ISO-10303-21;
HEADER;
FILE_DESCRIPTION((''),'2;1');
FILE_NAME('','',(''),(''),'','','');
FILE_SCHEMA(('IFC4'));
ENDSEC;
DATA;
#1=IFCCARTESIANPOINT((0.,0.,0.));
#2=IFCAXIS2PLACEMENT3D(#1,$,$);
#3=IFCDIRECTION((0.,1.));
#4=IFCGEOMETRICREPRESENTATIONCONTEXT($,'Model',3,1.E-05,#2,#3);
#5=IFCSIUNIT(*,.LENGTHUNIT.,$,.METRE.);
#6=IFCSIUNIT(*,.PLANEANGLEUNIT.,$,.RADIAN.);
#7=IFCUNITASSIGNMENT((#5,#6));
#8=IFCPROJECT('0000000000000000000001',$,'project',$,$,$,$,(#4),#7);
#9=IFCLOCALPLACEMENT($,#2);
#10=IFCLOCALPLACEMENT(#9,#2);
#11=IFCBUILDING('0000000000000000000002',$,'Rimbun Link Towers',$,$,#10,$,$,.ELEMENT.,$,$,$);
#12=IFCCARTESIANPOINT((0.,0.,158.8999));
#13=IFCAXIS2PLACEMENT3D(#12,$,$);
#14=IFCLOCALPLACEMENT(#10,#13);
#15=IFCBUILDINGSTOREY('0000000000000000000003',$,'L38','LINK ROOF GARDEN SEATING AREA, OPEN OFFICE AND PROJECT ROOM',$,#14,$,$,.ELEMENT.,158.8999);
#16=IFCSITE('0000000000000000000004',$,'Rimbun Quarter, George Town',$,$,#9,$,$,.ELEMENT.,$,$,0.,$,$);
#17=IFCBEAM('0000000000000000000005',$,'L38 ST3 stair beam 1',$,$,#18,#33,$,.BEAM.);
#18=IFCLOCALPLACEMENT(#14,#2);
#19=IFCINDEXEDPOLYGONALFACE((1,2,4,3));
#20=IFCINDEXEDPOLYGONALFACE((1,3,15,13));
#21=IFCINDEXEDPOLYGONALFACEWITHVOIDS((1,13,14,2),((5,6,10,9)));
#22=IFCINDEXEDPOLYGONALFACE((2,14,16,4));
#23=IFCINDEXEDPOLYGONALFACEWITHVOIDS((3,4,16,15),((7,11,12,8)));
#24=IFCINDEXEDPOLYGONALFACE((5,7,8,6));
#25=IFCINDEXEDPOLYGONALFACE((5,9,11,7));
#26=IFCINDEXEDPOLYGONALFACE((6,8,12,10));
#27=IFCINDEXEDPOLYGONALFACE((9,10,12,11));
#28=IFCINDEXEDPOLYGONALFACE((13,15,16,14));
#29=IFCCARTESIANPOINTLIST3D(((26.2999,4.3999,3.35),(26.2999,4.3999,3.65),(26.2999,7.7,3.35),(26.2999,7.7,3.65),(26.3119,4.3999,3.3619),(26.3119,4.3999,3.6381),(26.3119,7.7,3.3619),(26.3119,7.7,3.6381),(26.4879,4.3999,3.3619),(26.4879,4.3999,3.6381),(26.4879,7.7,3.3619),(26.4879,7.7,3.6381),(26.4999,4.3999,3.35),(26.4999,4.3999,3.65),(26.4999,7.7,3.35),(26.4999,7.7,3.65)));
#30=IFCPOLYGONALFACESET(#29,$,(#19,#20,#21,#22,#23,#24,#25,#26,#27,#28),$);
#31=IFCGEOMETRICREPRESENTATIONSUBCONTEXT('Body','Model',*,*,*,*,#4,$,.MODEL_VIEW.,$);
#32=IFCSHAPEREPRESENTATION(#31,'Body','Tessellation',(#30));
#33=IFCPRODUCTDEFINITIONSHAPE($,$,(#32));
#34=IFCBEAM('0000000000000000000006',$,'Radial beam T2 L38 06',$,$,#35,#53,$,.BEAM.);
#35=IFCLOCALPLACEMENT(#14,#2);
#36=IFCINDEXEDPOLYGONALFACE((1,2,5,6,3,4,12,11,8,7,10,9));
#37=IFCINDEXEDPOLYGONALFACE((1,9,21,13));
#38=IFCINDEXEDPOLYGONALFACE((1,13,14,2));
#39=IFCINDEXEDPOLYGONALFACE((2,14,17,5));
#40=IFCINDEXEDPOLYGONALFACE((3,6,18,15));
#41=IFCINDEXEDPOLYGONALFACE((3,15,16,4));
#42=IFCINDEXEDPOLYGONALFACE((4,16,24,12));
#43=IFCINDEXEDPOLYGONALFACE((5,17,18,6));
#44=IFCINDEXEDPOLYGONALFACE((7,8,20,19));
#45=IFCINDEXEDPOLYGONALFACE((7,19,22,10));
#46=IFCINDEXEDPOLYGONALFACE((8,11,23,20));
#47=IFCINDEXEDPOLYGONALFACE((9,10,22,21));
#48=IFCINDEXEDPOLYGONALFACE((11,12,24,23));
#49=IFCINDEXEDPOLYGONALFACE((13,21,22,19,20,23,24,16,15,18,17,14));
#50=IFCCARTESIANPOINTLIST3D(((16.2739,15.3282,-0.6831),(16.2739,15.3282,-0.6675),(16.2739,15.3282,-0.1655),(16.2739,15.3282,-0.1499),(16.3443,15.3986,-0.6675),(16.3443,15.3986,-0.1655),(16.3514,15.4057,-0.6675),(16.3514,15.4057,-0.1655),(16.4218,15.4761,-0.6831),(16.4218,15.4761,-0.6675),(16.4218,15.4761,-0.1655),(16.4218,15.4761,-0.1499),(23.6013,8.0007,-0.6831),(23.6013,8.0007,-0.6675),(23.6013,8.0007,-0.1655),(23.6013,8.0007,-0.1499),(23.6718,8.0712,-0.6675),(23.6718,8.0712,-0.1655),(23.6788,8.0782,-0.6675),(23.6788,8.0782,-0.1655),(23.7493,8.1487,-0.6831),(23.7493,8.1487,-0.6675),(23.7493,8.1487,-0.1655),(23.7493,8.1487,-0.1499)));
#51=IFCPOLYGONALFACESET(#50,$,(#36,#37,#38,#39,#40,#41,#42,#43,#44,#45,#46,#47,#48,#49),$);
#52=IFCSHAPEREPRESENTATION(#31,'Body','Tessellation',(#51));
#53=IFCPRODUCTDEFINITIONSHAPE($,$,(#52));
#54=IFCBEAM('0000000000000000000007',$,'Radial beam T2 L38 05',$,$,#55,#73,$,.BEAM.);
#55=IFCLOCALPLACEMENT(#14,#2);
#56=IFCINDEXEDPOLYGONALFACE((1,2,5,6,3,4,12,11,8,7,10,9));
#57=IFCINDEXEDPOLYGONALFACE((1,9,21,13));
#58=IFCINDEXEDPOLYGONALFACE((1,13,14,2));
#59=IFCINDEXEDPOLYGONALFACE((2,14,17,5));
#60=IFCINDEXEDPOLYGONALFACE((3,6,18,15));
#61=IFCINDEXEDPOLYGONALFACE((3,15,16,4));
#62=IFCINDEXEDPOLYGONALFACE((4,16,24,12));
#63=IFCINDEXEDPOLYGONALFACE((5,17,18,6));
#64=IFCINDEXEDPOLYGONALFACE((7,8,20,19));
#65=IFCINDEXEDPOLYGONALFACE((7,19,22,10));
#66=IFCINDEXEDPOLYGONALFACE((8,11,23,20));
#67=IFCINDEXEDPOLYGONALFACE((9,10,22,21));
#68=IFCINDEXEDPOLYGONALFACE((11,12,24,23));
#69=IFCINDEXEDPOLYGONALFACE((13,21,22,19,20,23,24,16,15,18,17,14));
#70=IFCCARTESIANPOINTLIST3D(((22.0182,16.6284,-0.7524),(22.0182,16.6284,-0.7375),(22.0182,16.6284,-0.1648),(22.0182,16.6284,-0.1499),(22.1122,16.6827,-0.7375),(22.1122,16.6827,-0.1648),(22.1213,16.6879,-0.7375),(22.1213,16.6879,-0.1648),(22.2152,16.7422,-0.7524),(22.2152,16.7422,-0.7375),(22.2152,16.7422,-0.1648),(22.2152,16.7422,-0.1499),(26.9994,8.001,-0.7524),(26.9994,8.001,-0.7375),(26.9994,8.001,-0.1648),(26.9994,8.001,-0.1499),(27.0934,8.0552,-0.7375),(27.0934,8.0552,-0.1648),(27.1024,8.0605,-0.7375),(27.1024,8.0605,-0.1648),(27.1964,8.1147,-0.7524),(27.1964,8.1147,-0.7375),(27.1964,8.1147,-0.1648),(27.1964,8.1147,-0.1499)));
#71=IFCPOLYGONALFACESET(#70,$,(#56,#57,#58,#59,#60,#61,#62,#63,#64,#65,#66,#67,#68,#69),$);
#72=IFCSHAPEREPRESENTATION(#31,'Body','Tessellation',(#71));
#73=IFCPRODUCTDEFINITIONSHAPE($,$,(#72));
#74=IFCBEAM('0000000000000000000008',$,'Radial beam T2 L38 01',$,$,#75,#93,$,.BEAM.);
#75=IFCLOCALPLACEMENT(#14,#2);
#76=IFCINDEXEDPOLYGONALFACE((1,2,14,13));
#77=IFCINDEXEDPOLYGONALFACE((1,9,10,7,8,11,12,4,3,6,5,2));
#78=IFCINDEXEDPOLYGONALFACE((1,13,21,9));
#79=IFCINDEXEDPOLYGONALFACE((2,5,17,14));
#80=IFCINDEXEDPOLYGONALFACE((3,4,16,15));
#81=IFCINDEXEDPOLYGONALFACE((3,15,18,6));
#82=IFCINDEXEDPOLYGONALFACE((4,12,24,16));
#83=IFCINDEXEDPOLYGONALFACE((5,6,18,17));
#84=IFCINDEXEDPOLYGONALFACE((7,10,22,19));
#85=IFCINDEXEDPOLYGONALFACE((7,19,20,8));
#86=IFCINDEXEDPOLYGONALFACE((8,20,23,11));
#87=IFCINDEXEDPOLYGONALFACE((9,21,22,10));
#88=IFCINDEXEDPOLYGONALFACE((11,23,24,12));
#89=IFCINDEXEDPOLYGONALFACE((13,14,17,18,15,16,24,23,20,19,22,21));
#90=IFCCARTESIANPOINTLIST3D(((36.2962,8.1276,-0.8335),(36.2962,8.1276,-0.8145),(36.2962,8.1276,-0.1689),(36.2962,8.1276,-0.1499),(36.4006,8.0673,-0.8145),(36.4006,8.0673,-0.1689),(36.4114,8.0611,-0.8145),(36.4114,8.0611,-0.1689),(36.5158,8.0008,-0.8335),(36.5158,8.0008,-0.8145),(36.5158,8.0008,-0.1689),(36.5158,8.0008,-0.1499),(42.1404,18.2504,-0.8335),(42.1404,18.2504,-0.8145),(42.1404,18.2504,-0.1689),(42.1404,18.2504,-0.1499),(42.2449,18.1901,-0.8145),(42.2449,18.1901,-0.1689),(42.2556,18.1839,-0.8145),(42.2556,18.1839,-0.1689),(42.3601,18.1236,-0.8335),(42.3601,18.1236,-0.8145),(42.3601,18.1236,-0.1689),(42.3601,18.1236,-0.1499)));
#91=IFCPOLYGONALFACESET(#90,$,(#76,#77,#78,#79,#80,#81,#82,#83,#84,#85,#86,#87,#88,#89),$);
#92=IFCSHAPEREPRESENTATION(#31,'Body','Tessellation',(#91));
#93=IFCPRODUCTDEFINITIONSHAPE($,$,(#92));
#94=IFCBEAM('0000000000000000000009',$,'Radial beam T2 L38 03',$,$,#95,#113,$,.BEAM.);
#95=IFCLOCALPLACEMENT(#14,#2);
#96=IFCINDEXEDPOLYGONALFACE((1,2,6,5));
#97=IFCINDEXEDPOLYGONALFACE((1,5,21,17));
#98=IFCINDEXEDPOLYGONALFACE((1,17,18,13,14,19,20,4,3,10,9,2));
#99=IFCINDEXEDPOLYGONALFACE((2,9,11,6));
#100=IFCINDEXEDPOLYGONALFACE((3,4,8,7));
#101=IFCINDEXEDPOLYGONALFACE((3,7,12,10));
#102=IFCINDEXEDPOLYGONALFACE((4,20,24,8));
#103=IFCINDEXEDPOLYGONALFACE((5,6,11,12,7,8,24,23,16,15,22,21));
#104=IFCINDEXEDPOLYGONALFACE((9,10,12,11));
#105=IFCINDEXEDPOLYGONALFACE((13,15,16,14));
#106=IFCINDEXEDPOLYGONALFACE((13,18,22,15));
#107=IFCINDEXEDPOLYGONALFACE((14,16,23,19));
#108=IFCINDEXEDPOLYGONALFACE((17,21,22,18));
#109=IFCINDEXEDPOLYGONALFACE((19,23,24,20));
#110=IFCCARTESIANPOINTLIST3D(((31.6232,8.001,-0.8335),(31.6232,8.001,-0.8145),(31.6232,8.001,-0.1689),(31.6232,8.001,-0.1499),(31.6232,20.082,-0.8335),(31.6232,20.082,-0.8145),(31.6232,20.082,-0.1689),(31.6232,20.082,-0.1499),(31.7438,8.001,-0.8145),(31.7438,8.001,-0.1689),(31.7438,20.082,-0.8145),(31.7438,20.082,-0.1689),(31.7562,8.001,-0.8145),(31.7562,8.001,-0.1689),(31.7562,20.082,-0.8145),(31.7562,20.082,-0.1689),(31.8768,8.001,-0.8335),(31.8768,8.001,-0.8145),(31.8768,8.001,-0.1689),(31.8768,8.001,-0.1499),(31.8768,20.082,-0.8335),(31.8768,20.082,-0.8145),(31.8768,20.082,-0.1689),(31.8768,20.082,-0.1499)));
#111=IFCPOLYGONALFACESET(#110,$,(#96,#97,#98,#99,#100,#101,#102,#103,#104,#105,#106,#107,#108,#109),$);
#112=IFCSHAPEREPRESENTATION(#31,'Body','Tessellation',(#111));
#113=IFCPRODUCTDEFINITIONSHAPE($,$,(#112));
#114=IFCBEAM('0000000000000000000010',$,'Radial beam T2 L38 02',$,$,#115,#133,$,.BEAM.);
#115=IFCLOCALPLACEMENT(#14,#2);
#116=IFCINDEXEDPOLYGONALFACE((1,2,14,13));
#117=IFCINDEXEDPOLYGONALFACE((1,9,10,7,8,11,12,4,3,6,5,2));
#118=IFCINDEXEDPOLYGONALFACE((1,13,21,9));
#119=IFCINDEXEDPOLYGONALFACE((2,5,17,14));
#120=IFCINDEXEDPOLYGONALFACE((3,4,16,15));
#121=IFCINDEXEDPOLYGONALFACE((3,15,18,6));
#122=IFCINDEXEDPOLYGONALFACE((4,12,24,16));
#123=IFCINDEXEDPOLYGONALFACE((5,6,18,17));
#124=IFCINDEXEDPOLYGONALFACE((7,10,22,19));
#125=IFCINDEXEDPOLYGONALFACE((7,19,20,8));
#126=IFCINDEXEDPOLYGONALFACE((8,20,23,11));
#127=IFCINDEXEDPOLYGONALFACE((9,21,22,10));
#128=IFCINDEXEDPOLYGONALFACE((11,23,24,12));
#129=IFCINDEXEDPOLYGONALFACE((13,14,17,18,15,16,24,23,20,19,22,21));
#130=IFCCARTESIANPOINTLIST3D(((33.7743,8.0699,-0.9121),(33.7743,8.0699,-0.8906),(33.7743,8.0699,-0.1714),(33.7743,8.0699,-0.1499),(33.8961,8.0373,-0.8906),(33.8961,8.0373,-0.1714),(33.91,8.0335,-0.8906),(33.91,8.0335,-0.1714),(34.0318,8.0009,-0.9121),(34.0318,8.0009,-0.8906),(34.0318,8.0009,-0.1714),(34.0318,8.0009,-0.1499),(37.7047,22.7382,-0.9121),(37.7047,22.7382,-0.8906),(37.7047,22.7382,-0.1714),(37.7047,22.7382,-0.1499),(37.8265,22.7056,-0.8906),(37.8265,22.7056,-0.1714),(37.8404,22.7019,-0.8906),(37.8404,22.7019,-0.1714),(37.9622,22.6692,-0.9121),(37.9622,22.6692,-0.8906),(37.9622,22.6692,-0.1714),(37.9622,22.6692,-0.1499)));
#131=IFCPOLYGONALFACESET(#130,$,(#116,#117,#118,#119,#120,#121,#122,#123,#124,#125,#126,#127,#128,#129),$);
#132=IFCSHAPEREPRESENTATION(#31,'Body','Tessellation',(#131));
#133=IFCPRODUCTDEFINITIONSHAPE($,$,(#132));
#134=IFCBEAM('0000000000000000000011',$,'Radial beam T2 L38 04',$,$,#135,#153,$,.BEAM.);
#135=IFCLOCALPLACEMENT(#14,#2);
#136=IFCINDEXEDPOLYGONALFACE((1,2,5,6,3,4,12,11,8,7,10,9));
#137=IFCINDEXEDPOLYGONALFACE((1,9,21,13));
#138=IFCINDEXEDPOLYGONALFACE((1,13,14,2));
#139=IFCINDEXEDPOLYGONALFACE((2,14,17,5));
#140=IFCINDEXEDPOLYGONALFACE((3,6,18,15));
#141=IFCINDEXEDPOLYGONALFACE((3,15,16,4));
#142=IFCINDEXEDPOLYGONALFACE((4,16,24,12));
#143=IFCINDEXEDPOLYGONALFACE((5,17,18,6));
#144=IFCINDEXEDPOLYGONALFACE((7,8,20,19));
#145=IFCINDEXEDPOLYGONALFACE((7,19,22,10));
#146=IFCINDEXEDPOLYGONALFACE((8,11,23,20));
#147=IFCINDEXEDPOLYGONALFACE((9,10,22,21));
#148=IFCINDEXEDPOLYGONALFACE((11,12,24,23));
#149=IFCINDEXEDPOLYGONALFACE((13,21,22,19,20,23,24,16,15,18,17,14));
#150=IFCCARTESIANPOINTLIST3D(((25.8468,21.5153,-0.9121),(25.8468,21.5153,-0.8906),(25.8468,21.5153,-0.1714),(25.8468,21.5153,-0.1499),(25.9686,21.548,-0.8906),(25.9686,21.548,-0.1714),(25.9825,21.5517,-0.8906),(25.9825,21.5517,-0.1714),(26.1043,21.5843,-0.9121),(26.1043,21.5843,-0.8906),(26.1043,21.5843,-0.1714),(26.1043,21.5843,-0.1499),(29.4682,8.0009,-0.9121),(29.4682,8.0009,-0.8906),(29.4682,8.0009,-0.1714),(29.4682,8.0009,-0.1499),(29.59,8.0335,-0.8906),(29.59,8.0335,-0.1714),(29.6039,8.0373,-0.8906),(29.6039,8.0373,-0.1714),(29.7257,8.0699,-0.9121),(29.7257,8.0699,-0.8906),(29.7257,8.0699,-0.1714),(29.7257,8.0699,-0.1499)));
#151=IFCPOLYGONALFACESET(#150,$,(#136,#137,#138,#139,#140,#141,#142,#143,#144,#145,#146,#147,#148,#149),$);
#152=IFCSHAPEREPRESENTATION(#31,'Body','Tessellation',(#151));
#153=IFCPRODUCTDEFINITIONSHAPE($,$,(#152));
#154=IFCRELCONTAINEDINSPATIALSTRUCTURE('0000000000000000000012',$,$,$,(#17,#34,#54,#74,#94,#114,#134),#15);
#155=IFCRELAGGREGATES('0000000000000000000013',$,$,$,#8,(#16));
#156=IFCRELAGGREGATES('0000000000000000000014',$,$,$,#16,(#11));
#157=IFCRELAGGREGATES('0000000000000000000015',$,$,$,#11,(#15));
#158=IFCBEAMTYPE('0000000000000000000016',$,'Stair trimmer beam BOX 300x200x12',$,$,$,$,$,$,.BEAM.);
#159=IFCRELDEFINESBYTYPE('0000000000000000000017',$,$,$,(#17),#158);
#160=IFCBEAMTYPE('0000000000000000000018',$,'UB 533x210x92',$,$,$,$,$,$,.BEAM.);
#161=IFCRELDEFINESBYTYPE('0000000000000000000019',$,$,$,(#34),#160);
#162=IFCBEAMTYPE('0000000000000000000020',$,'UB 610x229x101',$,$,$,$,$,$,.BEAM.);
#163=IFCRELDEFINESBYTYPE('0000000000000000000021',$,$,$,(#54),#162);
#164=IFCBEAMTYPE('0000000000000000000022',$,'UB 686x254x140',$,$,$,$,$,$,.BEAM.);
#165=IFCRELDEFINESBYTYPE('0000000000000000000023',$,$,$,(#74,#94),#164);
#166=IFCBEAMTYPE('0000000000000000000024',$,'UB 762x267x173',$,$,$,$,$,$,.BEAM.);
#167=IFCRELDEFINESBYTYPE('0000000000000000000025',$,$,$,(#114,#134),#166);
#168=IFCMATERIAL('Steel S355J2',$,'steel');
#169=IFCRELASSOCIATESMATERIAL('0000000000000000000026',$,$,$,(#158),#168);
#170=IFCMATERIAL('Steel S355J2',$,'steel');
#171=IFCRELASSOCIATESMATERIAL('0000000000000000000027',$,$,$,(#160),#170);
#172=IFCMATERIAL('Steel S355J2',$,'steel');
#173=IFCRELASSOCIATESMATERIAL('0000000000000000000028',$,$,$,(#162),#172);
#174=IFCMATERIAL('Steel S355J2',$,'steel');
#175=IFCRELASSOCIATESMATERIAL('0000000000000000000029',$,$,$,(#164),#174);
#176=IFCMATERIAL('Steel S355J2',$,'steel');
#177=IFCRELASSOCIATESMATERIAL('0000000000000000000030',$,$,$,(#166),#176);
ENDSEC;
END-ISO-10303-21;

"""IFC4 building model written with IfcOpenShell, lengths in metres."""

from ifc_helpers import new_model, si_unit, direction, frame, origin, origin_2d, place, context, subcontext, project, spatial, hollow_rectangle, i_section, extrude, material, material_profile, profile_set, type_object, element, save


model = new_model("IFC4")

# Units and contexts
model_context = context("Model", 3, precision=1e-05, world=origin(), true_north=direction((0.0, 1.0)))
body_context = subcontext(model_context, "Body", "Model", "MODEL_VIEW")
ifc_project = project(units=[si_unit("LENGTHUNIT", "METRE"), si_unit("PLANEANGLEUNIT", "RADIAN")], contexts=[model_context])

# Site, building, storey
site_placement = place(None, origin())
site = spatial("IfcSite", under=ifc_project, at=site_placement, Name="Rimbun Quarter, George Town", CompositionType="ELEMENT", RefElevation=0.0)
building_placement = place(site_placement, origin())
building = spatial("IfcBuilding", under=site, at=building_placement, Name="Rimbun Link Towers", CompositionType="ELEMENT")
storey_placement = place(building_placement, frame((0.0, 0.0, 158.8999)))
storey = spatial("IfcBuildingStorey", under=building, at=storey_placement, Name="L38", Description="LINK ROOF GARDEN SEATING AREA, OPEN OFFICE AND PROJECT ROOM", CompositionType="ELEMENT", Elevation=158.8999)

# Beams
ifc_material_1 = material(Name="Steel S355J2", Category="steel")
ifc_material_profile_1 = material_profile(ifc_material_1, hollow_rectangle(XDim=0.2, YDim=0.3, WallThickness=0.012, at=origin_2d()), Name="BOX 300x200x12")
ifc_profile_set_1 = profile_set([ifc_material_profile_1], Name="Steel S355J2")
beam_type_1 = type_object("IfcBeamType", Name="Stair trimmer beam BOX 300x200x12", PredefinedType="BEAM", material=ifc_profile_set_1)
beam_1_placement = place(storey_placement, frame((26.3999, 7.7, 3.5), z_axis=(0.0, -1.0, 0.0), x_axis=(1.0, 0.0, 0.0)))
element("IfcBeam", 1, at=beam_1_placement, inside=storey, type_object=beam_type_1, Name="L38 ST3 stair beam 1", PredefinedType="BEAM", context=body_context, shape_type="SweptSolid", body=[
    extrude(hollow_rectangle(XDim=0.2, YDim=0.3, WallThickness=0.012, at=origin_2d()), origin(), (0.0, 0.0, 1.0), 3.3),
])
ifc_material_2 = material(Name="Steel S355J2", Category="steel")
ifc_material_profile_2 = material_profile(ifc_material_2, i_section(OverallWidth=0.2092, OverallDepth=0.5332, WebThickness=0.01, FlangeThickness=0.0156, at=origin_2d()), Name="UB 533x210x92")
ifc_profile_set_2 = profile_set([ifc_material_profile_2], Name="Steel S355J2")
beam_type_2 = type_object("IfcBeamType", Name="UB 533x210x92", PredefinedType="BEAM", material=ifc_profile_set_2)
beam_2_placement = place(storey_placement, frame((23.6753, 8.0747, -0.4165), z_axis=(-0.707107, 0.707107, 0.0), x_axis=(-0.707107, -0.707107, 0.0)))
element("IfcBeam", 2, at=beam_2_placement, inside=storey, type_object=beam_type_2, Name="Radial beam T2 L38 06", PredefinedType="BEAM", context=body_context, shape_type="SweptSolid", body=[
    extrude(i_section(OverallWidth=0.2092, OverallDepth=0.5332, WebThickness=0.01, FlangeThickness=0.0156, at=origin_2d()), origin(), (0.0, 0.0, 1.0), 10.3625),
])
ifc_material_3 = material(Name="Steel S355J2", Category="steel")
ifc_material_profile_3 = material_profile(ifc_material_3, i_section(OverallWidth=0.2275, OverallDepth=0.6025, WebThickness=0.0105, FlangeThickness=0.0149, at=origin_2d()), Name="UB 610x229x101")
ifc_profile_set_3 = profile_set([ifc_material_profile_3], Name="Steel S355J2")
beam_type_3 = type_object("IfcBeamType", Name="UB 610x229x101", PredefinedType="BEAM", material=ifc_profile_set_3)
beam_3_placement = place(storey_placement, frame((27.0979, 8.0579, -0.4512), z_axis=(-0.500011, 0.866019, 0.0), x_axis=(-0.866019, -0.500011, 0.0)))
element("IfcBeam", 3, at=beam_3_placement, inside=storey, type_object=beam_type_3, Name="Radial beam T2 L38 05", PredefinedType="BEAM", context=body_context, shape_type="SweptSolid", body=[
    extrude(i_section(OverallWidth=0.2275, OverallDepth=0.6025, WebThickness=0.0105, FlangeThickness=0.0149, at=origin_2d()), origin(), (0.0, 0.0, 1.0), 9.9622),
])
ifc_material_4 = material(Name="Steel S355J2", Category="steel")
ifc_material_profile_4 = material_profile(ifc_material_4, i_section(OverallWidth=0.2537, OverallDepth=0.6836, WebThickness=0.0125, FlangeThickness=0.019, at=origin_2d()), Name="UB 686x254x140")
ifc_profile_set_4 = profile_set([ifc_material_profile_4], Name="Steel S355J2")
beam_type_4 = type_object("IfcBeamType", Name="UB 686x254x140", PredefinedType="BEAM", material=ifc_profile_set_4)
beam_4_placement = place(storey_placement, frame((36.406, 8.0642, -0.4917), z_axis=(0.499989, 0.866032, 0.0), x_axis=(-0.866032, 0.499989, 0.0)))
element("IfcBeam", 4, at=beam_4_placement, inside=storey, type_object=beam_type_4, Name="Radial beam T2 L38 01", PredefinedType="BEAM", context=body_context, shape_type="SweptSolid", body=[
    extrude(i_section(OverallWidth=0.2537, OverallDepth=0.6836, WebThickness=0.0125, FlangeThickness=0.019, at=origin_2d()), origin(), (0.0, 0.0, 1.0), 11.6887),
])
beam_5_placement = place(storey_placement, frame((31.75, 8.001, -0.4917), z_axis=(0.0, 1.0, 0.0), x_axis=(-1.0, 0.0, 0.0)))
element("IfcBeam", 5, at=beam_5_placement, inside=storey, type_object=beam_type_4, Name="Radial beam T2 L38 03", PredefinedType="BEAM", context=body_context, shape_type="SweptSolid", body=[
    extrude(i_section(OverallWidth=0.2537, OverallDepth=0.6836, WebThickness=0.0125, FlangeThickness=0.019, at=origin_2d()), origin(), (0.0, 0.0, 1.0), 12.0811),
])
ifc_material_5 = material(Name="Steel S355J2", Category="steel")
ifc_material_profile_5 = material_profile(ifc_material_5, i_section(OverallWidth=0.2666, OverallDepth=0.7622, WebThickness=0.0144, FlangeThickness=0.0215, at=origin_2d()), Name="UB 762x267x173")
ifc_profile_set_5 = profile_set([ifc_material_profile_5], Name="Steel S355J2")
beam_type_5 = type_object("IfcBeamType", Name="UB 762x267x173", PredefinedType="BEAM", material=ifc_profile_set_5)
beam_6_placement = place(storey_placement, frame((33.9031, 8.0354, -0.531), z_axis=(0.25882, 0.965926, 0.0), x_axis=(-0.965926, 0.25882, 0.0)))
element("IfcBeam", 6, at=beam_6_placement, inside=storey, type_object=beam_type_5, Name="Radial beam T2 L38 02", PredefinedType="BEAM", context=body_context, shape_type="SweptSolid", body=[
    extrude(i_section(OverallWidth=0.2666, OverallDepth=0.7622, WebThickness=0.0144, FlangeThickness=0.0215, at=origin_2d()), origin(), (0.0, 0.0, 1.0), 15.1858),
])
beam_7_placement = place(storey_placement, frame((29.5969, 8.0354, -0.531), z_axis=(-0.25883, 0.965923, 0.0), x_axis=(-0.965923, -0.25883, 0.0)))
element("IfcBeam", 7, at=beam_7_placement, inside=storey, type_object=beam_type_5, Name="Radial beam T2 L38 04", PredefinedType="BEAM", context=body_context, shape_type="SweptSolid", body=[
    extrude(i_section(OverallWidth=0.2666, OverallDepth=0.7622, WebThickness=0.0144, FlangeThickness=0.0215, at=origin_2d()), origin(), (0.0, 0.0, 1.0), 13.9912),
])

save(model, "model.ifc")
